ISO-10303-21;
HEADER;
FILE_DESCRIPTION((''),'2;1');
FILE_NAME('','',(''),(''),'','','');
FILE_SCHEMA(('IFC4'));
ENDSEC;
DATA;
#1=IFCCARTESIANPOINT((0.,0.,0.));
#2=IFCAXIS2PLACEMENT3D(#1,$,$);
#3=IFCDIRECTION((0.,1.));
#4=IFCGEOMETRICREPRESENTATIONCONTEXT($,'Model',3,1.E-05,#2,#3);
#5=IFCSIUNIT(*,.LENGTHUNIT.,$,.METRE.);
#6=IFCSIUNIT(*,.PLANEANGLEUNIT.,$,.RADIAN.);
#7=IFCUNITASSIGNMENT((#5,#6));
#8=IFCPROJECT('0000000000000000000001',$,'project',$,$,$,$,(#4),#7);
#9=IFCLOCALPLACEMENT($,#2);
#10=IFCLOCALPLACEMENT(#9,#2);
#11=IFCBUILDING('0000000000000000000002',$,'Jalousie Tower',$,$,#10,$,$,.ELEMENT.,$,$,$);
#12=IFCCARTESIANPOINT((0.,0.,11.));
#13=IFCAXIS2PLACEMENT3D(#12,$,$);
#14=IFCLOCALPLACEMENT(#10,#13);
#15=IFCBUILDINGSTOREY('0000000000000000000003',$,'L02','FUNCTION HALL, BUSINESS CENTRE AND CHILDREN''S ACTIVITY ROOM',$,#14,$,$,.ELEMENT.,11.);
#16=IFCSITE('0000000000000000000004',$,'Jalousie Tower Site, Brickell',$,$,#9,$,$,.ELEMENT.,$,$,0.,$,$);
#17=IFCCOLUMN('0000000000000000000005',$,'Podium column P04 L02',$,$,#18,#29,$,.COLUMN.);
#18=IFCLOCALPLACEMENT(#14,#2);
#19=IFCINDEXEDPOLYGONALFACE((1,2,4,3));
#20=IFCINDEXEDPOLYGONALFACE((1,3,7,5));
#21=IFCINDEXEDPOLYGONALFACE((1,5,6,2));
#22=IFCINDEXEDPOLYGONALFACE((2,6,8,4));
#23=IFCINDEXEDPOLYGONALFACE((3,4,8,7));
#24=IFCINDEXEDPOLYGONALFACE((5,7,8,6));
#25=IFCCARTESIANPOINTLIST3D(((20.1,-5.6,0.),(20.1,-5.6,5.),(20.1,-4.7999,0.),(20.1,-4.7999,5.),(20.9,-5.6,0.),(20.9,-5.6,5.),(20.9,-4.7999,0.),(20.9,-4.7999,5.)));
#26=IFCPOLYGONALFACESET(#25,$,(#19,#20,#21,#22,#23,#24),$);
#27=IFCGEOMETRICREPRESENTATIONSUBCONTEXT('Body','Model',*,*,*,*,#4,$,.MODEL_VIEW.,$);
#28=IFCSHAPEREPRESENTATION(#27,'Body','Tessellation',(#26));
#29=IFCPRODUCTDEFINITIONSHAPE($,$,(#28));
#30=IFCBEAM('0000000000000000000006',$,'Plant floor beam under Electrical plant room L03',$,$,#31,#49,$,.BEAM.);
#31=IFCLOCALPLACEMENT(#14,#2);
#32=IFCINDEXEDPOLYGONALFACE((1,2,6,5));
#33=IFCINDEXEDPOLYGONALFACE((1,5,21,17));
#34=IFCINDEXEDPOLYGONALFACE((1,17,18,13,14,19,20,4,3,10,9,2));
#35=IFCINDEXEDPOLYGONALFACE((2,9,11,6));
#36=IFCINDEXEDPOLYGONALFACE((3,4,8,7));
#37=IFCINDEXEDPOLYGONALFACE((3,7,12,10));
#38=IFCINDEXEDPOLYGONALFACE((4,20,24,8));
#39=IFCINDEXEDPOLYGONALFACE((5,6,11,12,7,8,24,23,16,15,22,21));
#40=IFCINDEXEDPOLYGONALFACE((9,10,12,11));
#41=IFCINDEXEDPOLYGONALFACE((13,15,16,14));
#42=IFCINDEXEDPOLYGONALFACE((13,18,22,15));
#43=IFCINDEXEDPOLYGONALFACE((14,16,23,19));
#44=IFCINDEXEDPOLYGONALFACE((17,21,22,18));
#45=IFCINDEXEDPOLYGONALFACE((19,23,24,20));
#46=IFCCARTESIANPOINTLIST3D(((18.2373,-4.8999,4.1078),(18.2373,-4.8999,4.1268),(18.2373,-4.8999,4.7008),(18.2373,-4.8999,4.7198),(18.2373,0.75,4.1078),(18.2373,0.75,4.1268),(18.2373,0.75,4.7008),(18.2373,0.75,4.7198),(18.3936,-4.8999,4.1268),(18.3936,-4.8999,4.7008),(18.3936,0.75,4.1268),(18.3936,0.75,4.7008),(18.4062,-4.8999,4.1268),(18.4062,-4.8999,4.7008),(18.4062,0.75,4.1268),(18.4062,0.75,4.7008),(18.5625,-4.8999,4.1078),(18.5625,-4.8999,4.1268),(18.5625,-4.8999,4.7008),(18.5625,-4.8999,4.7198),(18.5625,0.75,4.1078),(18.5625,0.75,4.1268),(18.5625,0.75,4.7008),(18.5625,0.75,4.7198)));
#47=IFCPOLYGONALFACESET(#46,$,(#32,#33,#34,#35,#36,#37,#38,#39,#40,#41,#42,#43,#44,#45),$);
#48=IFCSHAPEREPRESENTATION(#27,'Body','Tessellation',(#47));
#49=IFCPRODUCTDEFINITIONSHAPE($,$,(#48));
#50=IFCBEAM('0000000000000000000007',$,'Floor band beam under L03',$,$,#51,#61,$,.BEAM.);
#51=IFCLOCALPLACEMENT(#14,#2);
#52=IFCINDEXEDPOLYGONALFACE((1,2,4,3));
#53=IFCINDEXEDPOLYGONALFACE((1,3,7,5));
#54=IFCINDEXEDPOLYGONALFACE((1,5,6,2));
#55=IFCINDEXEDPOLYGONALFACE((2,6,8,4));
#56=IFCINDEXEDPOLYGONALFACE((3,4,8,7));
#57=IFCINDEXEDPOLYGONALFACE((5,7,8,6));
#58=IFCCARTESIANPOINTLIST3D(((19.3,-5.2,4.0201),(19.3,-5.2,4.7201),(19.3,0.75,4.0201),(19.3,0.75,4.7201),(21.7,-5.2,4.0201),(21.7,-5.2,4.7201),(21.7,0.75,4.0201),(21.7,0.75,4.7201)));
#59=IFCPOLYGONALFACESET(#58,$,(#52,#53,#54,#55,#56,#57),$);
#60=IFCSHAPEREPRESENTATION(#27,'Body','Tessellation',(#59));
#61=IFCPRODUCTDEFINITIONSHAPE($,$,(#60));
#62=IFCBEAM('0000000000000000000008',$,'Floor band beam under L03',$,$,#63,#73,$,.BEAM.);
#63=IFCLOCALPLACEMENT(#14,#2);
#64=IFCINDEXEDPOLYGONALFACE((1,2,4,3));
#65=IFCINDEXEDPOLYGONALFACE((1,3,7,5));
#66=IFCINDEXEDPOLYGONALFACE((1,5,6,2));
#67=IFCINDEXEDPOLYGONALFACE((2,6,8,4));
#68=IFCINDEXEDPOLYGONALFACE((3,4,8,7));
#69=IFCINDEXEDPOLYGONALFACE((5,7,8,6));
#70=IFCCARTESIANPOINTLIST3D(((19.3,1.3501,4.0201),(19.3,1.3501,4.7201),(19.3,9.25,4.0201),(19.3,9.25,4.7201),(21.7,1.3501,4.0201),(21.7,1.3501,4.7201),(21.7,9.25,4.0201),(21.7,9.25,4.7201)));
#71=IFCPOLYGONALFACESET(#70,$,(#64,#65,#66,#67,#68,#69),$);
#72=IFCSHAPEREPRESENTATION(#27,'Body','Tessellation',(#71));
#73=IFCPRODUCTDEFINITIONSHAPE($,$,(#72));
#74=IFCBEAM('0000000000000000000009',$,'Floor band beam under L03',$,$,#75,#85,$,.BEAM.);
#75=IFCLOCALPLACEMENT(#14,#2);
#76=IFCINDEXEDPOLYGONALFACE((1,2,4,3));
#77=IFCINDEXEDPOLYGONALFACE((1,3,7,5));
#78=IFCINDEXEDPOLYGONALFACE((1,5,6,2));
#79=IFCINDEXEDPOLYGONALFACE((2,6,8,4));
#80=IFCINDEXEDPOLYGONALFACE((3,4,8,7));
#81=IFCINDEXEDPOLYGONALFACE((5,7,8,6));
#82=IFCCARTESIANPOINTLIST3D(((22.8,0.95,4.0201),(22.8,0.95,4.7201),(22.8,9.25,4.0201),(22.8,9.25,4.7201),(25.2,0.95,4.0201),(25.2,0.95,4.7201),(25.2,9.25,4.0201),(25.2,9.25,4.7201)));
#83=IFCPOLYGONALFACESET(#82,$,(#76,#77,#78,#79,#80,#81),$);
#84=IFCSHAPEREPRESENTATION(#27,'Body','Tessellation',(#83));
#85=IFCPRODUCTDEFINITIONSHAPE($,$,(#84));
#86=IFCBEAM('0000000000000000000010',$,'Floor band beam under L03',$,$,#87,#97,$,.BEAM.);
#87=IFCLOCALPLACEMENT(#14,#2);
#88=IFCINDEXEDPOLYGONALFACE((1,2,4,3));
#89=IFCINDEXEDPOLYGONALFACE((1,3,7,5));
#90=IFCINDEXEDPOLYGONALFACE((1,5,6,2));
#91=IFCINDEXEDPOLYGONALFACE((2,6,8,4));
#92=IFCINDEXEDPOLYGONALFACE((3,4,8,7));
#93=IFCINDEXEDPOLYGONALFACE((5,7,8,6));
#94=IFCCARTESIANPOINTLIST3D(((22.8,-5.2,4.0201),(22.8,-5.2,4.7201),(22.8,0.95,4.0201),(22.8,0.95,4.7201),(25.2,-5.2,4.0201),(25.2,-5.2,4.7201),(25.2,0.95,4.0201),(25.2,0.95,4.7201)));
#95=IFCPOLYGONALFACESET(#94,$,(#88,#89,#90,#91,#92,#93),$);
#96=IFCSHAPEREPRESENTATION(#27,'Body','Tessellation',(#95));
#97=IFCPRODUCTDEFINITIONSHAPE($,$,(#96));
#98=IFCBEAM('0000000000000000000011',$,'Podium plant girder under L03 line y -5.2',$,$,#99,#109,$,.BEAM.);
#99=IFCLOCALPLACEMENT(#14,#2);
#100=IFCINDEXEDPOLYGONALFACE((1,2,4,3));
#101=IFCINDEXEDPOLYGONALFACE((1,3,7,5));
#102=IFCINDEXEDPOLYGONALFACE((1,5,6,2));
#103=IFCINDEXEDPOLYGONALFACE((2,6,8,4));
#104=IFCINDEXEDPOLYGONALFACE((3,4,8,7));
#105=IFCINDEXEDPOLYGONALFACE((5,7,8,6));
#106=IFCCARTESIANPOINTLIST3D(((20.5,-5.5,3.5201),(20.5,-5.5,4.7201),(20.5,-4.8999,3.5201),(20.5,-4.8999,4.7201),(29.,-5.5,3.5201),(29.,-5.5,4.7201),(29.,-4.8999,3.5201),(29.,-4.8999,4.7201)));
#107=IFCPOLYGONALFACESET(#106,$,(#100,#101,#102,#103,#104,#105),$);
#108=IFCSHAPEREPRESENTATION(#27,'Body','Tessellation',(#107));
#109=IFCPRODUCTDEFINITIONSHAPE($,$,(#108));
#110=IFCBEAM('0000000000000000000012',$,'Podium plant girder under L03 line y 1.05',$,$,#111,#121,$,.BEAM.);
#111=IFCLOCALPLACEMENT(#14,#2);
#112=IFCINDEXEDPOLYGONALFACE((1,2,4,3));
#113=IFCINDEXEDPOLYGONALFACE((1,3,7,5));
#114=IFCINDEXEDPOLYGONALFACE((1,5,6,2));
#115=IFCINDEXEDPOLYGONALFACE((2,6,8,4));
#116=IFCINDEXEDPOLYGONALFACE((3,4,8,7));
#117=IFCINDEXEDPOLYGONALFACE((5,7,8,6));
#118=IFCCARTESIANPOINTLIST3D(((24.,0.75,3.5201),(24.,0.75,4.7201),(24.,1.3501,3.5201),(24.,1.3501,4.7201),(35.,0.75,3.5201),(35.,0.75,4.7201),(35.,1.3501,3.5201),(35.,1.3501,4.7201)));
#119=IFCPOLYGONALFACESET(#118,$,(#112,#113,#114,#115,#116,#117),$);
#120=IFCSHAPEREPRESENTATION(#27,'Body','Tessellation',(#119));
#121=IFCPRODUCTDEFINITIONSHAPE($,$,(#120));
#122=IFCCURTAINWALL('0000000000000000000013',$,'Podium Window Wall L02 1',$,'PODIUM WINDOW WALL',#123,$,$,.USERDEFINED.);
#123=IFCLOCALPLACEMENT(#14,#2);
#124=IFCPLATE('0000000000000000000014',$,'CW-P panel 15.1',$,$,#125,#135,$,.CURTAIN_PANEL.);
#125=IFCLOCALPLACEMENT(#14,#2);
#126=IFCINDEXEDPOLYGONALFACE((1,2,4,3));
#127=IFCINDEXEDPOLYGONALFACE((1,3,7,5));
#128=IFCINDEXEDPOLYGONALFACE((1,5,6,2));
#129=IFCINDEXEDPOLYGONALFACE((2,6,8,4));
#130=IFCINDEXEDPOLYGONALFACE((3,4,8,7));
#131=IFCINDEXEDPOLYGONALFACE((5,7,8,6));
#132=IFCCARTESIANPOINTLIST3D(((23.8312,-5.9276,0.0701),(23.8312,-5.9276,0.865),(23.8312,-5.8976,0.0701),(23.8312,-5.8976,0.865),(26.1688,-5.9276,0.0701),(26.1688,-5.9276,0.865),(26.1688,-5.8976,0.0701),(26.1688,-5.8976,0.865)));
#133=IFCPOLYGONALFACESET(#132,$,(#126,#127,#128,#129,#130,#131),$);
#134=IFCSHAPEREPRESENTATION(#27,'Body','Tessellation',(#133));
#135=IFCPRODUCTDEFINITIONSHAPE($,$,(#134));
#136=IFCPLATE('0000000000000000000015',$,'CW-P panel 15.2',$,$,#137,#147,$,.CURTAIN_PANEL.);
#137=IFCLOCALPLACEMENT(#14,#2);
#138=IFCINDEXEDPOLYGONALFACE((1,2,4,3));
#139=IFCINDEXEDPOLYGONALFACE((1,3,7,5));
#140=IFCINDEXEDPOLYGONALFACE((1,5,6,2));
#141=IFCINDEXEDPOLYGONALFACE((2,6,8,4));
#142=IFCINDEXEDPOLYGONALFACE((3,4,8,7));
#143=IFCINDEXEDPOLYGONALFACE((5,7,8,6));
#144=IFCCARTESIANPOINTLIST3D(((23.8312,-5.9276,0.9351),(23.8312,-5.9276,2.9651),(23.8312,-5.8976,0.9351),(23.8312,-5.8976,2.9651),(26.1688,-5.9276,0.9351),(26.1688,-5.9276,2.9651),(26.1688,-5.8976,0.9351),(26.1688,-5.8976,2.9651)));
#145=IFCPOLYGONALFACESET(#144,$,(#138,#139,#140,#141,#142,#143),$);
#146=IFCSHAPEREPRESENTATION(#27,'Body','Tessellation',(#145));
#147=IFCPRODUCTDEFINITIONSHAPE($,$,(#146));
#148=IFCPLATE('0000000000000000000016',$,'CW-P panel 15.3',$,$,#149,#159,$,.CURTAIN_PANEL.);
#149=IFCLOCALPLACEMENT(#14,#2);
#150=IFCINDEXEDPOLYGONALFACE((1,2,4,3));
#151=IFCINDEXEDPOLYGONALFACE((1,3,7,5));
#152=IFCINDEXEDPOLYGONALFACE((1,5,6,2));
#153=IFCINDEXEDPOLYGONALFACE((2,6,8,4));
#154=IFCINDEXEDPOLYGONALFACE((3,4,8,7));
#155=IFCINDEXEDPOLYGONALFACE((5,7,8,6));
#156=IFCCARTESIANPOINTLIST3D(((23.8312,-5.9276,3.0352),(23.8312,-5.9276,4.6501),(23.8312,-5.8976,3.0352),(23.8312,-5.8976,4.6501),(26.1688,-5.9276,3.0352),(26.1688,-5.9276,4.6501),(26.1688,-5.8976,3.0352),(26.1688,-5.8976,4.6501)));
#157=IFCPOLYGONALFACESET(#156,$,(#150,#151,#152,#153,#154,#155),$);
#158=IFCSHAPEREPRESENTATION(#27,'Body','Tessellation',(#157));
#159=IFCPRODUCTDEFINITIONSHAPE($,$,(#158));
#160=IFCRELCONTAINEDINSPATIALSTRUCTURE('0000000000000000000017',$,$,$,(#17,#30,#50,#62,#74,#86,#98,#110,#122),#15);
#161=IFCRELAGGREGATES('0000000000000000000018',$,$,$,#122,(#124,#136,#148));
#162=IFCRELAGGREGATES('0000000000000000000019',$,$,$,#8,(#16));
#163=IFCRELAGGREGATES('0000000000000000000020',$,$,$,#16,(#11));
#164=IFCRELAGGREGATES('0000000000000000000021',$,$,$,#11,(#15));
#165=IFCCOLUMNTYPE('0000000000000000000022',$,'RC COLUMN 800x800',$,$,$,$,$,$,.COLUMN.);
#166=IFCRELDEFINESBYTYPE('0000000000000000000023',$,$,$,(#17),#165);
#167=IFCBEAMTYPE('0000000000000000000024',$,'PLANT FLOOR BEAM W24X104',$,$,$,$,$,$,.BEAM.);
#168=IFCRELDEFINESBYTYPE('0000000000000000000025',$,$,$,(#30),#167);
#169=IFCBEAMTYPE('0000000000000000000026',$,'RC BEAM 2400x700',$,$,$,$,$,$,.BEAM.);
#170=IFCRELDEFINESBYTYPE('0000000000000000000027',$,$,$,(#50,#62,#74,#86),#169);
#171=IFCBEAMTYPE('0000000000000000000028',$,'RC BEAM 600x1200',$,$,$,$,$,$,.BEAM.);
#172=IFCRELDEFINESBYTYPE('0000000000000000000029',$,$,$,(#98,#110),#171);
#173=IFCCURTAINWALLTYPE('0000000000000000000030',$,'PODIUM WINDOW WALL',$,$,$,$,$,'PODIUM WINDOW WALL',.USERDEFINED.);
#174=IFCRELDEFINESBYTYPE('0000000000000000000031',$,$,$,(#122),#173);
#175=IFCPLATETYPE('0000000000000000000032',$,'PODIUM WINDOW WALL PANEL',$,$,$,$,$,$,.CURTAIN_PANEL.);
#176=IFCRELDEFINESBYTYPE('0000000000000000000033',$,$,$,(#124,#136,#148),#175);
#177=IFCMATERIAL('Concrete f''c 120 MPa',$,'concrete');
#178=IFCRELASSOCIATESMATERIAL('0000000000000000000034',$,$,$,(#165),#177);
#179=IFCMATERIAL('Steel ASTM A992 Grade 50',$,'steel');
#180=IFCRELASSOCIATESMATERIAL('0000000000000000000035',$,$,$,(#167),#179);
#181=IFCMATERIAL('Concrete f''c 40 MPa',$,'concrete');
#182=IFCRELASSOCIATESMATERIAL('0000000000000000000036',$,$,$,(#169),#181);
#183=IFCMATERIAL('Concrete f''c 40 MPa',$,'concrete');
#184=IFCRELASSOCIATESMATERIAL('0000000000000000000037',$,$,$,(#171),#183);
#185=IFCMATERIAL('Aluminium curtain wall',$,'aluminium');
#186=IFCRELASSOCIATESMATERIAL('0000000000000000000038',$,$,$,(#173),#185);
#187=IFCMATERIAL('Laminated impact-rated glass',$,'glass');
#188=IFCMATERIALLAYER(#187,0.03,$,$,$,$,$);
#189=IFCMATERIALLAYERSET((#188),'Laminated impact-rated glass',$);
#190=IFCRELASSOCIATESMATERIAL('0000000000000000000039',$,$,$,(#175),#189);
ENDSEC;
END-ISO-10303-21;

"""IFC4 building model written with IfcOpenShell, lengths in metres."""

from ifc_helpers import new_model, si_unit, direction, frame, origin, origin_2d, place, context, subcontext, project, spatial, rectangle, i_section, extrude, material, layer, layer_set, material_profile, profile_set, type_object, element, aggregate, save


model = new_model("IFC4")

# Units and contexts
model_context = context("Model", 3, precision=1e-05, world=origin(), true_north=direction((0.0, 1.0)))
body_context = subcontext(model_context, "Body", "Model", "MODEL_VIEW")
ifc_project = project(units=[si_unit("LENGTHUNIT", "METRE"), si_unit("PLANEANGLEUNIT", "RADIAN")], contexts=[model_context])

# Site, building, storey
site_placement = place(None, origin())
site = spatial("IfcSite", under=ifc_project, at=site_placement, Name="Jalousie Tower Site, Brickell", CompositionType="ELEMENT", RefElevation=0.0)
building_placement = place(site_placement, origin())
building = spatial("IfcBuilding", under=site, at=building_placement, Name="Jalousie Tower", CompositionType="ELEMENT")
storey_placement = place(building_placement, frame((0.0, 0.0, 11.0)))
storey = spatial("IfcBuildingStorey", under=building, at=storey_placement, Name="L02", Description="FUNCTION HALL, BUSINESS CENTRE AND CHILDREN'S ACTIVITY ROOM", CompositionType="ELEMENT", Elevation=11.0)

# Column
ifc_material_1 = material(Name="Concrete f'c 120 MPa", Category="concrete")
ifc_material_profile_1 = material_profile(ifc_material_1, rectangle(XDim=0.8, YDim=0.8, at=origin_2d()), Name="RC 800x800")
ifc_profile_set_1 = profile_set([ifc_material_profile_1], Name="Concrete f'c 120 MPa")
column_type = type_object("IfcColumnType", Name="RC COLUMN 800x800", PredefinedType="COLUMN", material=ifc_profile_set_1)
column_placement = place(storey_placement, frame((20.5, -5.2, 0.0), z_axis=(0.0, 0.0, 1.0), x_axis=(1.0, 0.0, 0.0)))
element("IfcColumn", 1, at=column_placement, inside=storey, type_object=column_type, Name="Podium column P04 L02", PredefinedType="COLUMN", context=body_context, shape_type="SweptSolid", body=[
    extrude(rectangle(XDim=0.8, YDim=0.8, at=origin_2d()), origin(), (0.0, 0.0, 1.0), 5.0),
])

# Beams
ifc_material_2 = material(Name="Steel ASTM A992 Grade 50", Category="steel")
ifc_material_profile_2 = material_profile(ifc_material_2, i_section(OverallWidth=0.3252, OverallDepth=0.6121, WebThickness=0.0127, FlangeThickness=0.019, at=origin_2d()), Name="W24X104")
ifc_profile_set_2 = profile_set([ifc_material_profile_2], Name="Steel ASTM A992 Grade 50")
beam_type_1 = type_object("IfcBeamType", Name="PLANT FLOOR BEAM W24X104", PredefinedType="BEAM", material=ifc_profile_set_2)
beam_1_placement = place(storey_placement, frame((18.3999, -4.8999, 4.4138), z_axis=(0.0, 1.0, 0.0), x_axis=(-1.0, 0.0, 0.0)))
element("IfcBeam", 2, at=beam_1_placement, inside=storey, type_object=beam_type_1, Name="Plant floor beam under Electrical plant room L03", PredefinedType="BEAM", context=body_context, shape_type="SweptSolid", body=[
    extrude(i_section(OverallWidth=0.3252, OverallDepth=0.6121, WebThickness=0.0127, FlangeThickness=0.019, at=origin_2d()), origin(), (0.0, 0.0, 1.0), 5.6499),
])
ifc_material_3 = material(Name="Concrete f'c 40 MPa", Category="concrete")
ifc_material_profile_3 = material_profile(ifc_material_3, rectangle(XDim=2.3999, YDim=0.7, at=origin_2d()), Name="RC 2400x700")
ifc_profile_set_3 = profile_set([ifc_material_profile_3], Name="Concrete f'c 40 MPa")
beam_type_2 = type_object("IfcBeamType", Name="RC BEAM 2400x700", PredefinedType="BEAM", material=ifc_profile_set_3)
beam_2_placement = place(storey_placement, frame((20.5, -5.2, 4.3701), z_axis=(0.0, 1.0, 0.0), x_axis=(-1.0, 0.0, 0.0)))
element("IfcBeam", 3, at=beam_2_placement, inside=storey, type_object=beam_type_2, Name="Floor band beam under L03", PredefinedType="BEAM", context=body_context, shape_type="SweptSolid", body=[
    extrude(rectangle(XDim=2.3999, YDim=0.7, at=origin_2d()), origin(), (0.0, 0.0, 1.0), 5.95),
])
beam_3_placement = place(storey_placement, frame((20.5, 1.3501, 4.3701), z_axis=(0.0, 1.0, 0.0), x_axis=(-1.0, 0.0, 0.0)))
element("IfcBeam", 4, at=beam_3_placement, inside=storey, type_object=beam_type_2, Name="Floor band beam under L03", PredefinedType="BEAM", context=body_context, shape_type="SweptSolid", body=[
    extrude(rectangle(XDim=2.3999, YDim=0.7, at=origin_2d()), origin(), (0.0, 0.0, 1.0), 7.8999),
])
beam_4_placement = place(storey_placement, frame((24.0, 0.95, 4.3701), z_axis=(0.0, 1.0, 0.0), x_axis=(-1.0, 0.0, 0.0)))
element("IfcBeam", 5, at=beam_4_placement, inside=storey, type_object=beam_type_2, Name="Floor band beam under L03", PredefinedType="BEAM", context=body_context, shape_type="SweptSolid", body=[
    extrude(rectangle(XDim=2.3999, YDim=0.7, at=origin_2d()), origin(), (0.0, 0.0, 1.0), 8.3),
])
beam_5_placement = place(storey_placement, frame((24.0, 0.95, 4.3701), z_axis=(0.0, -1.0, 0.0), x_axis=(1.0, 0.0, 0.0)))
element("IfcBeam", 6, at=beam_5_placement, inside=storey, type_object=beam_type_2, Name="Floor band beam under L03", PredefinedType="BEAM", context=body_context, shape_type="SweptSolid", body=[
    extrude(rectangle(XDim=2.3999, YDim=0.7, at=origin_2d()), origin(), (0.0, 0.0, 1.0), 6.1499),
])
ifc_material_4 = material(Name="Concrete f'c 40 MPa", Category="concrete")
ifc_material_profile_4 = material_profile(ifc_material_4, rectangle(XDim=0.6001, YDim=1.2, at=origin_2d()), Name="RC 600x1200")
ifc_profile_set_4 = profile_set([ifc_material_profile_4], Name="Concrete f'c 40 MPa")
beam_type_3 = type_object("IfcBeamType", Name="RC BEAM 600x1200", PredefinedType="BEAM", material=ifc_profile_set_4)
beam_6_placement = place(storey_placement, frame((20.5, -5.2, 4.1201), z_axis=(1.0, 0.0, 0.0), x_axis=(0.0, 1.0, 0.0)))
element("IfcBeam", 7, at=beam_6_placement, inside=storey, type_object=beam_type_3, Name="Podium plant girder under L03 line y -5.2", PredefinedType="BEAM", context=body_context, shape_type="SweptSolid", body=[
    extrude(rectangle(XDim=0.6001, YDim=1.2, at=origin_2d()), origin(), (0.0, 0.0, 1.0), 8.5),
])
beam_7_placement = place(storey_placement, frame((24.0, 1.05, 4.1201), z_axis=(1.0, 0.0, 0.0), x_axis=(0.0, 1.0, 0.0)))
element("IfcBeam", 8, at=beam_7_placement, inside=storey, type_object=beam_type_3, Name="Podium plant girder under L03 line y 1.05", PredefinedType="BEAM", context=body_context, shape_type="SweptSolid", body=[
    extrude(rectangle(XDim=0.6001, YDim=1.2, at=origin_2d()), origin(), (0.0, 0.0, 1.0), 11.0),
])

# Curtain wall, plates
ifc_material_5 = material(Name="Aluminium curtain wall", Category="aluminium")
curtain_wall_type = type_object("IfcCurtainWallType", Name="PODIUM WINDOW WALL", ElementType="PODIUM WINDOW WALL", PredefinedType="USERDEFINED", material=ifc_material_5)
curtain_wall_placement = place(storey_placement, origin())
curtain_wall = element("IfcCurtainWall", 9, at=curtain_wall_placement, inside=storey, type_object=curtain_wall_type, Name="Podium Window Wall L02 1", ObjectType="PODIUM WINDOW WALL", PredefinedType="USERDEFINED")
ifc_material_6 = material(Name="Laminated impact-rated glass", Category="glass")
ifc_layer_1 = layer(ifc_material_6, 0.03)
ifc_layer_set_1 = layer_set([ifc_layer_1], Name="Laminated impact-rated glass")
plate_type = type_object("IfcPlateType", Name="PODIUM WINDOW WALL PANEL", PredefinedType="CURTAIN_PANEL", material=ifc_layer_set_1)
plate_1_placement = place(storey_placement, frame((25.0, -5.9126, 0.0701), z_axis=(0.0, 0.0, 1.0), x_axis=(1.0, 0.0, 0.0)))
plate_1 = element("IfcPlate", 10, at=plate_1_placement, type_object=plate_type, Name="CW-P panel 15.1", PredefinedType="CURTAIN_PANEL", context=body_context, shape_type="SweptSolid", body=[
    extrude(rectangle(XDim=2.3376, YDim=0.03, at=origin_2d()), origin(), (0.0, 0.0, 1.0), 0.7949),
])
plate_2_placement = place(storey_placement, frame((25.0, -5.9126, 0.9351), z_axis=(0.0, 0.0, 1.0), x_axis=(1.0, 0.0, 0.0)))
plate_2 = element("IfcPlate", 11, at=plate_2_placement, type_object=plate_type, Name="CW-P panel 15.2", PredefinedType="CURTAIN_PANEL", context=body_context, shape_type="SweptSolid", body=[
    extrude(rectangle(XDim=2.3376, YDim=0.03, at=origin_2d()), origin(), (0.0, 0.0, 1.0), 2.03),
])
plate_3_placement = place(storey_placement, frame((25.0, -5.9126, 3.0352), z_axis=(0.0, 0.0, 1.0), x_axis=(1.0, 0.0, 0.0)))
plate_3 = element("IfcPlate", 12, at=plate_3_placement, type_object=plate_type, Name="CW-P panel 15.3", PredefinedType="CURTAIN_PANEL", context=body_context, shape_type="SweptSolid", body=[
    extrude(rectangle(XDim=2.3376, YDim=0.03, at=origin_2d()), origin(), (0.0, 0.0, 1.0), 1.615),
])
aggregate(curtain_wall, [plate_1, plate_2, plate_3])

save(model, "model.ifc")
